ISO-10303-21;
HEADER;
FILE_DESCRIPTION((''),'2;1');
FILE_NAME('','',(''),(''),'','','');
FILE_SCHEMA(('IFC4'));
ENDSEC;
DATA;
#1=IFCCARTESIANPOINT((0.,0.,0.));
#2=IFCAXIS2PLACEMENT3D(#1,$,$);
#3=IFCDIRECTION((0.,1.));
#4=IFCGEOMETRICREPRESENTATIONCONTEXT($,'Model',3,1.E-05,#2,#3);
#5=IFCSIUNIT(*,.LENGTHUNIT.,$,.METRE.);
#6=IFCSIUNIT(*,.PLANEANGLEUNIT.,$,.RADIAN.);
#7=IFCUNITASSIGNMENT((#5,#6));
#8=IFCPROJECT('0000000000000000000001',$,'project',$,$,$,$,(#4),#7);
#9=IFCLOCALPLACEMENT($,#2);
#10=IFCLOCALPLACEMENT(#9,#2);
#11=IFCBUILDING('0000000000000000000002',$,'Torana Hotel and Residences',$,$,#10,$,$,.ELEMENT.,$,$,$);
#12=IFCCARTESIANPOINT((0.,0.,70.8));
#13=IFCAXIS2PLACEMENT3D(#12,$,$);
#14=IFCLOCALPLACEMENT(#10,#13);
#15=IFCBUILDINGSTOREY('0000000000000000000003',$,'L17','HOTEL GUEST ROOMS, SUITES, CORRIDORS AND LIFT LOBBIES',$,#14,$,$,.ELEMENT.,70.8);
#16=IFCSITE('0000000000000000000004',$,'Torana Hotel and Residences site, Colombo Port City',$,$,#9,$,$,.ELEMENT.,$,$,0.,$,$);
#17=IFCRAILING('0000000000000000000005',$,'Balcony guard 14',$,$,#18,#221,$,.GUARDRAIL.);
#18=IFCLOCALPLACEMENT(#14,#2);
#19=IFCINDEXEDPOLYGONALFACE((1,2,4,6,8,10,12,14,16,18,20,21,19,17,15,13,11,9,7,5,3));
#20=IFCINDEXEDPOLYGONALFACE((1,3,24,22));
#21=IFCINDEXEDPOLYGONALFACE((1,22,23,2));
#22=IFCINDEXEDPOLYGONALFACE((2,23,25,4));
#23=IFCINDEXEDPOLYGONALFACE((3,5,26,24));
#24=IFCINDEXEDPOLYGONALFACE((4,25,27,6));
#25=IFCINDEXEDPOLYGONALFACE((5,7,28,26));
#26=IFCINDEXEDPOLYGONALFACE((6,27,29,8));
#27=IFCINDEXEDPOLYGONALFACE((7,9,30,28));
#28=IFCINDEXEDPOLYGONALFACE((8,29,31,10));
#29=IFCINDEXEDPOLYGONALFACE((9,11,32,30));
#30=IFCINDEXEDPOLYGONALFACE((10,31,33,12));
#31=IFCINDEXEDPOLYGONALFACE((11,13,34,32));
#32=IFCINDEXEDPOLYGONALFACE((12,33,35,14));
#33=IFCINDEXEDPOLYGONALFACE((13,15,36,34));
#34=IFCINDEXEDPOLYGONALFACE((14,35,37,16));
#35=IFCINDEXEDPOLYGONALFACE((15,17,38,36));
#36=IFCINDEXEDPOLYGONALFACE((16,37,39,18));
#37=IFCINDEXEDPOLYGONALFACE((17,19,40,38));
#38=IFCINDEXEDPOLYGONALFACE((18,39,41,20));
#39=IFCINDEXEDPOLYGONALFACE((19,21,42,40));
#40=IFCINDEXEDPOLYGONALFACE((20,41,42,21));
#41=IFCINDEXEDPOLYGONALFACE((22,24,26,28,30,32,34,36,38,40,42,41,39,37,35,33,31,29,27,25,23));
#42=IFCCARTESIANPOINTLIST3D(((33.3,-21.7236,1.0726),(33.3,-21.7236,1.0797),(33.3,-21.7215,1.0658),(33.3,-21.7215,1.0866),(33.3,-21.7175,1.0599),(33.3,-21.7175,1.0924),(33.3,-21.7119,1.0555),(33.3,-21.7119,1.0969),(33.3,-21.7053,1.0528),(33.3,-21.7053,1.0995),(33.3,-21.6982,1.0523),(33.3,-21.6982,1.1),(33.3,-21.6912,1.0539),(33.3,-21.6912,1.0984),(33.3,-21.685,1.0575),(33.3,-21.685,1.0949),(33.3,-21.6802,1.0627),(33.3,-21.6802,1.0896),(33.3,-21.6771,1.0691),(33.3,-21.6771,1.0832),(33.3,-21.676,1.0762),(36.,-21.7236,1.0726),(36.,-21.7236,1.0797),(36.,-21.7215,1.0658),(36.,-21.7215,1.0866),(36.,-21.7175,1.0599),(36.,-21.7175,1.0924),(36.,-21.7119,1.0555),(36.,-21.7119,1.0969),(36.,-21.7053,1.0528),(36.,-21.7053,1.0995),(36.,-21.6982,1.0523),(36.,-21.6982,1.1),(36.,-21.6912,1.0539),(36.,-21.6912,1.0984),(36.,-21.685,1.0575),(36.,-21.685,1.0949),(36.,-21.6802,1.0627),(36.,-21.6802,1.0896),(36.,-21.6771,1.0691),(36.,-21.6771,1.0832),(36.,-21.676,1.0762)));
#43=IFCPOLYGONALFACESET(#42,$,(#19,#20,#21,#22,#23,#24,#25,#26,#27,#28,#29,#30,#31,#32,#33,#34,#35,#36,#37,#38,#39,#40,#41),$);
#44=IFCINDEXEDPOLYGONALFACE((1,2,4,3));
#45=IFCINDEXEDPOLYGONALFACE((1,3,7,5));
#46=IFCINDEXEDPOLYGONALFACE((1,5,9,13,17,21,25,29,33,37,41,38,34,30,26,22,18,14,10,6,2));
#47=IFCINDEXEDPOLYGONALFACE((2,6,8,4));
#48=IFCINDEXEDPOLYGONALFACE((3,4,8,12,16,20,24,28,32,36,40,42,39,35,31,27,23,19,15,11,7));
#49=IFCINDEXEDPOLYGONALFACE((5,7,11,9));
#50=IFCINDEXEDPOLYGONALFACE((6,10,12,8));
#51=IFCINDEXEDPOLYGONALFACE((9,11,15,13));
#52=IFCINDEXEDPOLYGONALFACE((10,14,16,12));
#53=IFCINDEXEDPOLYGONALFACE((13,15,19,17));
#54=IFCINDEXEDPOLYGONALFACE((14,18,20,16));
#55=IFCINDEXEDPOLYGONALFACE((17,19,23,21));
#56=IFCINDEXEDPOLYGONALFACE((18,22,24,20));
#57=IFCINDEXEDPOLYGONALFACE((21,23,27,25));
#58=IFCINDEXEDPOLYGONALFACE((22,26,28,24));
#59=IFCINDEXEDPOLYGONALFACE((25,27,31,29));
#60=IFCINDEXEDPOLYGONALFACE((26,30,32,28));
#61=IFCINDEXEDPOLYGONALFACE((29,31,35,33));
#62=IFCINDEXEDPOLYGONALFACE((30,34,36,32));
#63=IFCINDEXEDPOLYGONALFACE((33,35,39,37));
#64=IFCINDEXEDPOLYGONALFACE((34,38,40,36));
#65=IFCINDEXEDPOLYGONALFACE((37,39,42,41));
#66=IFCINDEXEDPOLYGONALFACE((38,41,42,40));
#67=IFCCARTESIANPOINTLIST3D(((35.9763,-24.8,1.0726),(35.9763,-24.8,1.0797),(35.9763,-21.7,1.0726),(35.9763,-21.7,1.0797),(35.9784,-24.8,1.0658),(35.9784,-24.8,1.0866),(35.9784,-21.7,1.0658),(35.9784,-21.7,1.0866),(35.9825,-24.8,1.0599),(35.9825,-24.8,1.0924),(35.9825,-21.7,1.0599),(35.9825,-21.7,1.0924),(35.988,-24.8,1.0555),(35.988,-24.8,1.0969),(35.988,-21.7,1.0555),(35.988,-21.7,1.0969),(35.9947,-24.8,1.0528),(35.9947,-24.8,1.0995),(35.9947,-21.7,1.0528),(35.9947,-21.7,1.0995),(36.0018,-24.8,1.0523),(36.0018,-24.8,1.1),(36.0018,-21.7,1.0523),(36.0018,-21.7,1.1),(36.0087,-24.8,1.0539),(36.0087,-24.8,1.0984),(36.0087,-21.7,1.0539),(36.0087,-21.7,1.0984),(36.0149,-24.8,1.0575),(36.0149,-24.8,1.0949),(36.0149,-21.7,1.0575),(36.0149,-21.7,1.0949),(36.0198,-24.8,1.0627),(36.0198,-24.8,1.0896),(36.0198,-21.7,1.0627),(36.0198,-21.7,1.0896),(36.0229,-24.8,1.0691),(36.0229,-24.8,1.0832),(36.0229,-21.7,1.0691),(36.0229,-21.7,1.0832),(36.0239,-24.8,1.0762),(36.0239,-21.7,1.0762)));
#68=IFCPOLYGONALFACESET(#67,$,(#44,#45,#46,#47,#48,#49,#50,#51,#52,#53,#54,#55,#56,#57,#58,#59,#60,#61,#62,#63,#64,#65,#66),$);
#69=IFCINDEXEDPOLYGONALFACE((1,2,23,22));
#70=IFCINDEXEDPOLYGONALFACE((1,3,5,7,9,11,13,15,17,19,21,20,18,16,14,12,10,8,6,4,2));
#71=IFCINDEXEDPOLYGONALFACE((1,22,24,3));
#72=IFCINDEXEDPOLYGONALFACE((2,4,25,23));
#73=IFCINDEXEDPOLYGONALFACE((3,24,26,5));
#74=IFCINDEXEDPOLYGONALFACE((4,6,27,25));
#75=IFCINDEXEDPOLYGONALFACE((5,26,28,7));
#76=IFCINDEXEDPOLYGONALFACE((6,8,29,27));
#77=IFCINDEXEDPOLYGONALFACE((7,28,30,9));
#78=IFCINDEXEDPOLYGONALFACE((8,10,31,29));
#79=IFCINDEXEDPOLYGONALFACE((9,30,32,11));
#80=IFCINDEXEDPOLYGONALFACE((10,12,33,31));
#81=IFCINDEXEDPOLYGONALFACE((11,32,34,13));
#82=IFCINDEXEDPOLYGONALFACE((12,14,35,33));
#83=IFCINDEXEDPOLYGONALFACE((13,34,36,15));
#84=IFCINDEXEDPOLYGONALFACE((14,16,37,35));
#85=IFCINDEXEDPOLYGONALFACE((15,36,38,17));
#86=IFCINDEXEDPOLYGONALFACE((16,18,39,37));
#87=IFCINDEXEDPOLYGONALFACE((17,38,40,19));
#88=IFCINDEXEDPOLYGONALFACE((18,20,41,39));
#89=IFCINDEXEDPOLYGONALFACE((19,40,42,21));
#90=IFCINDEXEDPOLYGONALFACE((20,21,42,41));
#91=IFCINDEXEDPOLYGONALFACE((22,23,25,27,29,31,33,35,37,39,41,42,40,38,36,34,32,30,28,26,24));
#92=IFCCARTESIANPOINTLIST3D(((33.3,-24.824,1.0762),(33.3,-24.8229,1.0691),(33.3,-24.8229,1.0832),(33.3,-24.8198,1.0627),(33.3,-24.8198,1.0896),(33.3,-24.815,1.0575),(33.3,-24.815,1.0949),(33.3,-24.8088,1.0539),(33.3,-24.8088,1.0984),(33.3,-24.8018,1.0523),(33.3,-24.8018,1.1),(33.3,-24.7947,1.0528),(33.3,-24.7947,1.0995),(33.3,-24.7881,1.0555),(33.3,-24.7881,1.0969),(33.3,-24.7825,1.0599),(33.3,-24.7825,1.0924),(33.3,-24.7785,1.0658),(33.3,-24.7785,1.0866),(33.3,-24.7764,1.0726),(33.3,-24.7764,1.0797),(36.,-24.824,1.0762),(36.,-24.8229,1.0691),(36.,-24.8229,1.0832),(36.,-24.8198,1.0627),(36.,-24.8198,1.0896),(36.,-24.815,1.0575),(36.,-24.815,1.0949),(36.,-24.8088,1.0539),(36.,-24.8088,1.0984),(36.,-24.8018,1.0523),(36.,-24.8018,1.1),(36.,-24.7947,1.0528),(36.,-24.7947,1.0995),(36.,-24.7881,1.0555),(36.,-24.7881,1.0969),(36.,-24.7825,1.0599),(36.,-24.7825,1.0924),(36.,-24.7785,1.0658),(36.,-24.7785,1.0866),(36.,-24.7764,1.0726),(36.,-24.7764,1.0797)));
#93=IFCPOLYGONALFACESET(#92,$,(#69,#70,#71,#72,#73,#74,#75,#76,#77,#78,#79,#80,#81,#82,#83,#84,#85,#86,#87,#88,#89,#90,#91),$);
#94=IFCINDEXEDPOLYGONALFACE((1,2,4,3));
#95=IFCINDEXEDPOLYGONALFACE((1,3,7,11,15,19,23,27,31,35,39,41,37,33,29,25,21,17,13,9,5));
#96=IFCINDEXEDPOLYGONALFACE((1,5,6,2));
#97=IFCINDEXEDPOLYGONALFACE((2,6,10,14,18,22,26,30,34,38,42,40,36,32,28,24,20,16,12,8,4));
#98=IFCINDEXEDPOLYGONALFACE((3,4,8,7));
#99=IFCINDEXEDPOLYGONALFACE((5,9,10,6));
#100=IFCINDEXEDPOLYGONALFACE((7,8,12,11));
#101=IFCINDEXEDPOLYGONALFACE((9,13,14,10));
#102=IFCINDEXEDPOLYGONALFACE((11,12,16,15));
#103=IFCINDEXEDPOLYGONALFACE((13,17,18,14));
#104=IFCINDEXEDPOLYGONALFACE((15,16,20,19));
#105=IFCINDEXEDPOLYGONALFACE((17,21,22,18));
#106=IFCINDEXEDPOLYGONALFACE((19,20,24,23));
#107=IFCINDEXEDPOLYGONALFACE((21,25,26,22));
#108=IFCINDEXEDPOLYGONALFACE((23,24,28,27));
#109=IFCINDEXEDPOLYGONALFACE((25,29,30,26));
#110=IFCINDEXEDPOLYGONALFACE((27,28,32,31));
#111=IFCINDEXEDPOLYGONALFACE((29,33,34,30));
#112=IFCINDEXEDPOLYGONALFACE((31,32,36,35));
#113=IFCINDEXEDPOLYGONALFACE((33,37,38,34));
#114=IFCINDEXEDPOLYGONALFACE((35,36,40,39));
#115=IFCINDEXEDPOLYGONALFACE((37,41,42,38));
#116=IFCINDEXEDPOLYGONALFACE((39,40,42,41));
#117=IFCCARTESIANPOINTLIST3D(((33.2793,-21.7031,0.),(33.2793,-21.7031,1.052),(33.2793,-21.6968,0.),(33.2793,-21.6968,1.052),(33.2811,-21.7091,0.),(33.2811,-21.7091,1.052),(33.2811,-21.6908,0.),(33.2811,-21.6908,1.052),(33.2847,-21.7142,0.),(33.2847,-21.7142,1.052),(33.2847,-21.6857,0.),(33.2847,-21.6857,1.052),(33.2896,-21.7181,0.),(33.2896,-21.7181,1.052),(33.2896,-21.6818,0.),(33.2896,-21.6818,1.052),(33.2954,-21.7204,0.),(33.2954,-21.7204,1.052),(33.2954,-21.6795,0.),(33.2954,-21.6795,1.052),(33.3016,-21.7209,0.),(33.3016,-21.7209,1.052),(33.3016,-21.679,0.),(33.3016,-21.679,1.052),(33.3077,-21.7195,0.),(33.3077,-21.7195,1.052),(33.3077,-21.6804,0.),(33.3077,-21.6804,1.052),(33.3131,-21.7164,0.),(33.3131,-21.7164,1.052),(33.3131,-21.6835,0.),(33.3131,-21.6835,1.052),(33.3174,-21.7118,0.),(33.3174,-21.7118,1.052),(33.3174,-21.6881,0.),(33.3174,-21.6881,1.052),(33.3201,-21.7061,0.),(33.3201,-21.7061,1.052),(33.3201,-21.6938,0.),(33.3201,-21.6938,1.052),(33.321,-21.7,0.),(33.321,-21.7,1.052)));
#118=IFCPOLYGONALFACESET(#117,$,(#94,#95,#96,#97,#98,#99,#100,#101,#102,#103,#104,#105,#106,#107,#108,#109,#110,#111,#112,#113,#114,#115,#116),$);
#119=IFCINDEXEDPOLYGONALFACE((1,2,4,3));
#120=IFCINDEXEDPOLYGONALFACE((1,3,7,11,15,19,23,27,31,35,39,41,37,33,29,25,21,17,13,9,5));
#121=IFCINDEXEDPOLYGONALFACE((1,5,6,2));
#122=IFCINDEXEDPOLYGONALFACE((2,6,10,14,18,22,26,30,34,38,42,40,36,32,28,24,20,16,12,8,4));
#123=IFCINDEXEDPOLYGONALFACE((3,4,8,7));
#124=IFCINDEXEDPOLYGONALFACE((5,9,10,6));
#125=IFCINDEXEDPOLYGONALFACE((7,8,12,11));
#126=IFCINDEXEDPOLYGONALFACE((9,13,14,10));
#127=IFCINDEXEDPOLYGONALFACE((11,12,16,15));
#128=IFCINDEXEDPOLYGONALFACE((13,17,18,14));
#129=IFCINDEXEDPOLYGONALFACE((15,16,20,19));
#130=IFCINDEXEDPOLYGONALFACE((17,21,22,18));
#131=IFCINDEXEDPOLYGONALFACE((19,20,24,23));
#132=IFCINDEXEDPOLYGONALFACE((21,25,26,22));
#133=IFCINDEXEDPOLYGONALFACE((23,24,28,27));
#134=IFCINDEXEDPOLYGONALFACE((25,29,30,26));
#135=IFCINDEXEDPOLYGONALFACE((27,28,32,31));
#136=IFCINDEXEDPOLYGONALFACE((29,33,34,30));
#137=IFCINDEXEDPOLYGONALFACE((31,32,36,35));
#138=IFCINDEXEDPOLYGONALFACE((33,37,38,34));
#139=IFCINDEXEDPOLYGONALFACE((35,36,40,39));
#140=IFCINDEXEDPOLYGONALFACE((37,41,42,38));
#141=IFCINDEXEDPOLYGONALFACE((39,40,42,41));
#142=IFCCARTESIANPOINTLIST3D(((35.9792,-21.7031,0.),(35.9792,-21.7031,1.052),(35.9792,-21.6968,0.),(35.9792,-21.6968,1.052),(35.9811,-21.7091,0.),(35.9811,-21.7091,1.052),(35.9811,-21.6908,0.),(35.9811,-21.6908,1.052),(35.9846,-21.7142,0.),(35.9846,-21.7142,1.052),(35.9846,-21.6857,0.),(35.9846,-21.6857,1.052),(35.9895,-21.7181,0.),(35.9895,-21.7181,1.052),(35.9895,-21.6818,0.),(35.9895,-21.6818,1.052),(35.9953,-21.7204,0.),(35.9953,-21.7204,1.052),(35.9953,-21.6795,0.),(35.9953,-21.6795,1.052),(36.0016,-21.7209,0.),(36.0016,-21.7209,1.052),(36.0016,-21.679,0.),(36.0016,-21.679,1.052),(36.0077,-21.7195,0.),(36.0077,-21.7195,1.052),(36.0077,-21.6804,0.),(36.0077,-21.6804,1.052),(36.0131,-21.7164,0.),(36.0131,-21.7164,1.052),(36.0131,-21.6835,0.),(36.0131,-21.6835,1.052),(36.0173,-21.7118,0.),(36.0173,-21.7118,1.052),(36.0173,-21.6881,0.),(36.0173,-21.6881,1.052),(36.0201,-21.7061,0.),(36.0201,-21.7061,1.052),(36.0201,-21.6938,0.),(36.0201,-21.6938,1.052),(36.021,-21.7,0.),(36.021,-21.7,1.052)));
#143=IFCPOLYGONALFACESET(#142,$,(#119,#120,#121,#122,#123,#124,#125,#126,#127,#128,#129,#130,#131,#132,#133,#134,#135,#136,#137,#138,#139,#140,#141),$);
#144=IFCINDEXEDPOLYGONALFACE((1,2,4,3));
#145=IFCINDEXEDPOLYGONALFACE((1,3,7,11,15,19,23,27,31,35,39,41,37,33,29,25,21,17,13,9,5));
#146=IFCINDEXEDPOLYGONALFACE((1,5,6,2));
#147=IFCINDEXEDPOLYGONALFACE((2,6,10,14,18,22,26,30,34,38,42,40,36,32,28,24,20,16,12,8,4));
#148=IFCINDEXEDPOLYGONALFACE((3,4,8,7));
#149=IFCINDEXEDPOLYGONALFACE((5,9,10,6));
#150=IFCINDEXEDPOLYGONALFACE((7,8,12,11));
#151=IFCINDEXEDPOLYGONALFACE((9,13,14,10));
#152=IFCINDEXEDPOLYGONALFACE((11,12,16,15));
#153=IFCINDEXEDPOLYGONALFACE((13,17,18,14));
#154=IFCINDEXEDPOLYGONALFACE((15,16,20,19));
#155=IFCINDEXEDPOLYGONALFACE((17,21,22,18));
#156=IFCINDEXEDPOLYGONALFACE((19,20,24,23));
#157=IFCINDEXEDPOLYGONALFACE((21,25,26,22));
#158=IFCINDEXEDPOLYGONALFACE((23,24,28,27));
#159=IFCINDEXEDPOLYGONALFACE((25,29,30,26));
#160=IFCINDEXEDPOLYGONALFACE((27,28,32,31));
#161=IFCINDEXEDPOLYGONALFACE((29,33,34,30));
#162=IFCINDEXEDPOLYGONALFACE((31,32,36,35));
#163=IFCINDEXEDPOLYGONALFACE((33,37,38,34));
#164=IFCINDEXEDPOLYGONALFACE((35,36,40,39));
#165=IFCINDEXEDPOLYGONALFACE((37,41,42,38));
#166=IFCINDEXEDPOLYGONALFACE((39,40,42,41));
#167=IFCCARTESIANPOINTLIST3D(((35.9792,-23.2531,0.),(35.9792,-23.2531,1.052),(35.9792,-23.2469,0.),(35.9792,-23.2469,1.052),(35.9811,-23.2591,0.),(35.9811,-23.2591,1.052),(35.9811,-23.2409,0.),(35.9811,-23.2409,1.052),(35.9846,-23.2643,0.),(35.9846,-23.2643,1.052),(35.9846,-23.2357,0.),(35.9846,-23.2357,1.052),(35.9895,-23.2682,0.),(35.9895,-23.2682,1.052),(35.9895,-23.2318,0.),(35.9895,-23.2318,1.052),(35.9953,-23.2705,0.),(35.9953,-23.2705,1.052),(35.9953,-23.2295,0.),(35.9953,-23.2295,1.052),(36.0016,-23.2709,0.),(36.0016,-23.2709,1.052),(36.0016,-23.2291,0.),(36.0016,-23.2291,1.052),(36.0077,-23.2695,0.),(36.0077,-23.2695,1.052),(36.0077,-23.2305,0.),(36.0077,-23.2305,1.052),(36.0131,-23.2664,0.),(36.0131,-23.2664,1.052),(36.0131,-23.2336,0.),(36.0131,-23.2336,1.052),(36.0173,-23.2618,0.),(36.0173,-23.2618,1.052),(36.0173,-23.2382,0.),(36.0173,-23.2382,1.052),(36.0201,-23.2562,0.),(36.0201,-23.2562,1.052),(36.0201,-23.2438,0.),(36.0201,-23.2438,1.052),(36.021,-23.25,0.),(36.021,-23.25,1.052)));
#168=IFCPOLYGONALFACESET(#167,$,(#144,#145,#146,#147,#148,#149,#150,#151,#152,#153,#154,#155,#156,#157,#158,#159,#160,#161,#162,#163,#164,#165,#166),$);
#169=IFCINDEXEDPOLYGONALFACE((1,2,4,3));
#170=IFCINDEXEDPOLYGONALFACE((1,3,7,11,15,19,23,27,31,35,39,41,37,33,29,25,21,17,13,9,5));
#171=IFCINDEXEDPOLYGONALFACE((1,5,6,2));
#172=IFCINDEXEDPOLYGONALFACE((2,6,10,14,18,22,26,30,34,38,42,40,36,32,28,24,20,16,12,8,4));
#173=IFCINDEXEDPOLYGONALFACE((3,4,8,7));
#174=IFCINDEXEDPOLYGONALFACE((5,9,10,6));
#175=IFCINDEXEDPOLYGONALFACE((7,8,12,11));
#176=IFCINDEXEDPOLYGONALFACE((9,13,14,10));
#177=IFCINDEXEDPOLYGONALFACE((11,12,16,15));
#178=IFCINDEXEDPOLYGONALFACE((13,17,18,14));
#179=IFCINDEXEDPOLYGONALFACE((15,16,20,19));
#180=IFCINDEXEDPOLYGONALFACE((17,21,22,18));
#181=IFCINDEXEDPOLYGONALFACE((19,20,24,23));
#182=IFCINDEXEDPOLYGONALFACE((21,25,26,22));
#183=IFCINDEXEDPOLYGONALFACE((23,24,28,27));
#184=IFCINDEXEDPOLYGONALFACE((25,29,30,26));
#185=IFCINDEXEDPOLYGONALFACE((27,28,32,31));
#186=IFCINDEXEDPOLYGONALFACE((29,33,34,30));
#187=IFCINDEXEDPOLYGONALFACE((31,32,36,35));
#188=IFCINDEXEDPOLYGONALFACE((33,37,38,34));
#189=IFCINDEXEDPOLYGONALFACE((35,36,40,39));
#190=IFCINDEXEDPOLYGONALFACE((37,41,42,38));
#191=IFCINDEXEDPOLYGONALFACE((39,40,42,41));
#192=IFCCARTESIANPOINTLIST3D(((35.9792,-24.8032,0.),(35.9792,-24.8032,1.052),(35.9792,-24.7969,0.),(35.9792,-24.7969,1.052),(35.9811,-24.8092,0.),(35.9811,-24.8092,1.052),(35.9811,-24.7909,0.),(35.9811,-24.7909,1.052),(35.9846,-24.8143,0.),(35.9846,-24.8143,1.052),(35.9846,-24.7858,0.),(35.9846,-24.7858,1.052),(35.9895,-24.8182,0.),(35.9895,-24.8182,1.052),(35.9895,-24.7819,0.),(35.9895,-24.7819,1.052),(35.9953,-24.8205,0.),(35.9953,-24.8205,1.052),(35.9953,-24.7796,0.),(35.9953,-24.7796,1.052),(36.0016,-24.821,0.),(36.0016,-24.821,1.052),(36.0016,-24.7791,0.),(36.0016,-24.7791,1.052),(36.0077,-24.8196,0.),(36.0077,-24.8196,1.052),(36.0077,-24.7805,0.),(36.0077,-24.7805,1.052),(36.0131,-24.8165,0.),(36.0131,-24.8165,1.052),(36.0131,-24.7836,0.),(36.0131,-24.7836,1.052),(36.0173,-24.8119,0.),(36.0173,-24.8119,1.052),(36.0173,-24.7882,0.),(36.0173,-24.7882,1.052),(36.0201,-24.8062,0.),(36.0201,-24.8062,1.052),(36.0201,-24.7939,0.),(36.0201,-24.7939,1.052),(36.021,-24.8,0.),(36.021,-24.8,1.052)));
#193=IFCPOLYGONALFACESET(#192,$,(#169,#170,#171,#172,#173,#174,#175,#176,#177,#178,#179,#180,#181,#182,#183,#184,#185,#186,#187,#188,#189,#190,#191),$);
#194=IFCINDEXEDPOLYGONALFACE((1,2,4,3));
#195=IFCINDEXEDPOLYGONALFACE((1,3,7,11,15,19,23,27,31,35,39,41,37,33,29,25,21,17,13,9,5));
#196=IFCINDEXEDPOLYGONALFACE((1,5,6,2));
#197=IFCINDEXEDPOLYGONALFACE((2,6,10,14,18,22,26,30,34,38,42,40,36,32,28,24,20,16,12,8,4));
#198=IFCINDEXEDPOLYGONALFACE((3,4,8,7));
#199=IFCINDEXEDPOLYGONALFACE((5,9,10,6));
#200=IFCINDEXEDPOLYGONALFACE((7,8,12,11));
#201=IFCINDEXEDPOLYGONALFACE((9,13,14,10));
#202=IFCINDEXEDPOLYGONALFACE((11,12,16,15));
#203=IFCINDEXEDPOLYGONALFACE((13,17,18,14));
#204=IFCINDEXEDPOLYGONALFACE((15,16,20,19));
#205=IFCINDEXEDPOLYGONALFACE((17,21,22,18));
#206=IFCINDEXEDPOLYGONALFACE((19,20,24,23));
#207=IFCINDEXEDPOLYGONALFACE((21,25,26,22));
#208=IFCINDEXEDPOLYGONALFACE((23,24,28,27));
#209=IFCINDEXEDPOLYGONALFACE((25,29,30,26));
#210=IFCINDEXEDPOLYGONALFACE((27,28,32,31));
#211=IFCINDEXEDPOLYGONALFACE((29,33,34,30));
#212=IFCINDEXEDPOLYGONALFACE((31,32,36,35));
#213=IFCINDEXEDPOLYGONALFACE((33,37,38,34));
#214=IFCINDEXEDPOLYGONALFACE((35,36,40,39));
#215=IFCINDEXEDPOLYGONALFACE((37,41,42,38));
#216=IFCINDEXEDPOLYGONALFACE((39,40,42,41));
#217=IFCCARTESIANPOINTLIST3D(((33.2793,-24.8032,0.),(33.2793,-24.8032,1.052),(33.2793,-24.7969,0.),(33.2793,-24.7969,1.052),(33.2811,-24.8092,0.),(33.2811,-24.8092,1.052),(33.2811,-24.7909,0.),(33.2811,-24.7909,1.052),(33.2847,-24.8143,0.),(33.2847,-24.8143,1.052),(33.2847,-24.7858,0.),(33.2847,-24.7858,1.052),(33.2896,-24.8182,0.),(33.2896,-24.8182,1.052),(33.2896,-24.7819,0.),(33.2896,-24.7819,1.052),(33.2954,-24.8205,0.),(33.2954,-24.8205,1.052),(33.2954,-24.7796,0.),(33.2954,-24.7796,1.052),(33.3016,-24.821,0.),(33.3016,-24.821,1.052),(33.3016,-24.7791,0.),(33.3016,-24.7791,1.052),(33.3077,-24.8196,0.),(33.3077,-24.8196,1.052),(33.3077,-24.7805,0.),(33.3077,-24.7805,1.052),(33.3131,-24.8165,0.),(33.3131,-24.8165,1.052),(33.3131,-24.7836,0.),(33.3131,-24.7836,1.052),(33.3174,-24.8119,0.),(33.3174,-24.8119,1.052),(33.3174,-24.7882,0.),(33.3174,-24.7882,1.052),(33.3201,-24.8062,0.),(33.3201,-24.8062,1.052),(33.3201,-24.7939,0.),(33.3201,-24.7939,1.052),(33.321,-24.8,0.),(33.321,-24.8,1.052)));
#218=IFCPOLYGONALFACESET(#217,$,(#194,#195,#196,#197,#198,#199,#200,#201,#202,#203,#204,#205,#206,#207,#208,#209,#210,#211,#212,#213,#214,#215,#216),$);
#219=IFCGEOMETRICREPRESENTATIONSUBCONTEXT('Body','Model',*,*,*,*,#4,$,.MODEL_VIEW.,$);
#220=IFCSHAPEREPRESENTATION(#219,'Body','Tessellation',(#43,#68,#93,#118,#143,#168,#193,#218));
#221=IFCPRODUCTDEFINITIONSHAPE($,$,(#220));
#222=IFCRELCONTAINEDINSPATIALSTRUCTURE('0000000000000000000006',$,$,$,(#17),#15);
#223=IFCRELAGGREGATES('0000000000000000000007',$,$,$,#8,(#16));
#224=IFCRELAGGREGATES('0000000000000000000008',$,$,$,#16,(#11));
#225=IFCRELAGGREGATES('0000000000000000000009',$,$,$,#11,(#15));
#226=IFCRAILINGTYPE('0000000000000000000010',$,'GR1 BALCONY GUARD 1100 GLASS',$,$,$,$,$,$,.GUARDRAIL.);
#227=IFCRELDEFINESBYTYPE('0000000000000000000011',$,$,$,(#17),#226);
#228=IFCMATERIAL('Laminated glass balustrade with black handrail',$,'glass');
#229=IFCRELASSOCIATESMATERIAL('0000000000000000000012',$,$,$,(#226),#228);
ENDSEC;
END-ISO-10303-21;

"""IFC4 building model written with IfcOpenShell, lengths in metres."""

from ifc_helpers import new_model, si_unit, direction, frame, origin, origin_2d, place, context, subcontext, project, spatial, circle, extrude, material, type_object, element, save


model = new_model("IFC4")

# Units and contexts
model_context = context("Model", 3, precision=1e-05, world=origin(), true_north=direction((0.0, 1.0)))
body_context = subcontext(model_context, "Body", "Model", "MODEL_VIEW")
ifc_project = project(units=[si_unit("LENGTHUNIT", "METRE"), si_unit("PLANEANGLEUNIT", "RADIAN")], contexts=[model_context])

# Site, building, storey
site_placement = place(None, origin())
site = spatial("IfcSite", under=ifc_project, at=site_placement, Name="Torana Hotel and Residences site, Colombo Port City", CompositionType="ELEMENT", RefElevation=0.0)
building_placement = place(site_placement, origin())
building = spatial("IfcBuilding", under=site, at=building_placement, Name="Torana Hotel and Residences", CompositionType="ELEMENT")
storey_placement = place(building_placement, frame((0.0, 0.0, 70.8)))
storey = spatial("IfcBuildingStorey", under=building, at=storey_placement, Name="L17", Description="HOTEL GUEST ROOMS, SUITES, CORRIDORS AND LIFT LOBBIES", CompositionType="ELEMENT", Elevation=70.8)

# Railing
ifc_material_1 = material(Name="Laminated glass balustrade with black handrail", Category="glass")
railing_type = type_object("IfcRailingType", Name="GR1 BALCONY GUARD 1100 GLASS", PredefinedType="GUARDRAIL", material=ifc_material_1)
railing_1_placement = place(storey_placement, frame((33.3, -21.7, 0.0)))
element("IfcRailing", 1, at=railing_1_placement, inside=storey, type_object=railing_type, Name="Balcony guard 14", PredefinedType="GUARDRAIL", context=body_context, shape_type="SweptSolid", body=[
    extrude(circle(Radius=0.0239, at=origin_2d()), frame((0.0, 0.0, 1.0762), z_axis=(1.0, 0.0, 0.0), x_axis=(0.0, 1.0, 0.0)), (0.0, 0.0, 1.0), 2.7),
    extrude(circle(Radius=0.0239, at=origin_2d()), frame((2.7, 0.0, 1.0762), z_axis=(0.0, -1.0, 0.0), x_axis=(1.0, 0.0, 0.0)), (0.0, 0.0, 1.0), 3.1001),
    extrude(circle(Radius=0.0239, at=origin_2d()), frame((2.7, -3.1001, 1.0762), z_axis=(-1.0, 0.0, 0.0), x_axis=(0.0, -1.0, 0.0)), (0.0, 0.0, 1.0), 2.7),
    extrude(circle(Radius=0.021, at=origin_2d()), origin(), (0.0, 0.0, 1.0), 1.052),
    extrude(circle(Radius=0.021, at=origin_2d()), frame((2.7, 0.0, 0.0)), (0.0, 0.0, 1.0), 1.052),
    extrude(circle(Radius=0.021, at=origin_2d()), frame((2.7, -1.55, 0.0)), (0.0, 0.0, 1.0), 1.052),
    extrude(circle(Radius=0.021, at=origin_2d()), frame((2.7, -3.1001, 0.0)), (0.0, 0.0, 1.0), 1.052),
    extrude(circle(Radius=0.021, at=origin_2d()), frame((0.0, -3.1001, 0.0)), (0.0, 0.0, 1.0), 1.052),
])

save(model, "model.ifc")
